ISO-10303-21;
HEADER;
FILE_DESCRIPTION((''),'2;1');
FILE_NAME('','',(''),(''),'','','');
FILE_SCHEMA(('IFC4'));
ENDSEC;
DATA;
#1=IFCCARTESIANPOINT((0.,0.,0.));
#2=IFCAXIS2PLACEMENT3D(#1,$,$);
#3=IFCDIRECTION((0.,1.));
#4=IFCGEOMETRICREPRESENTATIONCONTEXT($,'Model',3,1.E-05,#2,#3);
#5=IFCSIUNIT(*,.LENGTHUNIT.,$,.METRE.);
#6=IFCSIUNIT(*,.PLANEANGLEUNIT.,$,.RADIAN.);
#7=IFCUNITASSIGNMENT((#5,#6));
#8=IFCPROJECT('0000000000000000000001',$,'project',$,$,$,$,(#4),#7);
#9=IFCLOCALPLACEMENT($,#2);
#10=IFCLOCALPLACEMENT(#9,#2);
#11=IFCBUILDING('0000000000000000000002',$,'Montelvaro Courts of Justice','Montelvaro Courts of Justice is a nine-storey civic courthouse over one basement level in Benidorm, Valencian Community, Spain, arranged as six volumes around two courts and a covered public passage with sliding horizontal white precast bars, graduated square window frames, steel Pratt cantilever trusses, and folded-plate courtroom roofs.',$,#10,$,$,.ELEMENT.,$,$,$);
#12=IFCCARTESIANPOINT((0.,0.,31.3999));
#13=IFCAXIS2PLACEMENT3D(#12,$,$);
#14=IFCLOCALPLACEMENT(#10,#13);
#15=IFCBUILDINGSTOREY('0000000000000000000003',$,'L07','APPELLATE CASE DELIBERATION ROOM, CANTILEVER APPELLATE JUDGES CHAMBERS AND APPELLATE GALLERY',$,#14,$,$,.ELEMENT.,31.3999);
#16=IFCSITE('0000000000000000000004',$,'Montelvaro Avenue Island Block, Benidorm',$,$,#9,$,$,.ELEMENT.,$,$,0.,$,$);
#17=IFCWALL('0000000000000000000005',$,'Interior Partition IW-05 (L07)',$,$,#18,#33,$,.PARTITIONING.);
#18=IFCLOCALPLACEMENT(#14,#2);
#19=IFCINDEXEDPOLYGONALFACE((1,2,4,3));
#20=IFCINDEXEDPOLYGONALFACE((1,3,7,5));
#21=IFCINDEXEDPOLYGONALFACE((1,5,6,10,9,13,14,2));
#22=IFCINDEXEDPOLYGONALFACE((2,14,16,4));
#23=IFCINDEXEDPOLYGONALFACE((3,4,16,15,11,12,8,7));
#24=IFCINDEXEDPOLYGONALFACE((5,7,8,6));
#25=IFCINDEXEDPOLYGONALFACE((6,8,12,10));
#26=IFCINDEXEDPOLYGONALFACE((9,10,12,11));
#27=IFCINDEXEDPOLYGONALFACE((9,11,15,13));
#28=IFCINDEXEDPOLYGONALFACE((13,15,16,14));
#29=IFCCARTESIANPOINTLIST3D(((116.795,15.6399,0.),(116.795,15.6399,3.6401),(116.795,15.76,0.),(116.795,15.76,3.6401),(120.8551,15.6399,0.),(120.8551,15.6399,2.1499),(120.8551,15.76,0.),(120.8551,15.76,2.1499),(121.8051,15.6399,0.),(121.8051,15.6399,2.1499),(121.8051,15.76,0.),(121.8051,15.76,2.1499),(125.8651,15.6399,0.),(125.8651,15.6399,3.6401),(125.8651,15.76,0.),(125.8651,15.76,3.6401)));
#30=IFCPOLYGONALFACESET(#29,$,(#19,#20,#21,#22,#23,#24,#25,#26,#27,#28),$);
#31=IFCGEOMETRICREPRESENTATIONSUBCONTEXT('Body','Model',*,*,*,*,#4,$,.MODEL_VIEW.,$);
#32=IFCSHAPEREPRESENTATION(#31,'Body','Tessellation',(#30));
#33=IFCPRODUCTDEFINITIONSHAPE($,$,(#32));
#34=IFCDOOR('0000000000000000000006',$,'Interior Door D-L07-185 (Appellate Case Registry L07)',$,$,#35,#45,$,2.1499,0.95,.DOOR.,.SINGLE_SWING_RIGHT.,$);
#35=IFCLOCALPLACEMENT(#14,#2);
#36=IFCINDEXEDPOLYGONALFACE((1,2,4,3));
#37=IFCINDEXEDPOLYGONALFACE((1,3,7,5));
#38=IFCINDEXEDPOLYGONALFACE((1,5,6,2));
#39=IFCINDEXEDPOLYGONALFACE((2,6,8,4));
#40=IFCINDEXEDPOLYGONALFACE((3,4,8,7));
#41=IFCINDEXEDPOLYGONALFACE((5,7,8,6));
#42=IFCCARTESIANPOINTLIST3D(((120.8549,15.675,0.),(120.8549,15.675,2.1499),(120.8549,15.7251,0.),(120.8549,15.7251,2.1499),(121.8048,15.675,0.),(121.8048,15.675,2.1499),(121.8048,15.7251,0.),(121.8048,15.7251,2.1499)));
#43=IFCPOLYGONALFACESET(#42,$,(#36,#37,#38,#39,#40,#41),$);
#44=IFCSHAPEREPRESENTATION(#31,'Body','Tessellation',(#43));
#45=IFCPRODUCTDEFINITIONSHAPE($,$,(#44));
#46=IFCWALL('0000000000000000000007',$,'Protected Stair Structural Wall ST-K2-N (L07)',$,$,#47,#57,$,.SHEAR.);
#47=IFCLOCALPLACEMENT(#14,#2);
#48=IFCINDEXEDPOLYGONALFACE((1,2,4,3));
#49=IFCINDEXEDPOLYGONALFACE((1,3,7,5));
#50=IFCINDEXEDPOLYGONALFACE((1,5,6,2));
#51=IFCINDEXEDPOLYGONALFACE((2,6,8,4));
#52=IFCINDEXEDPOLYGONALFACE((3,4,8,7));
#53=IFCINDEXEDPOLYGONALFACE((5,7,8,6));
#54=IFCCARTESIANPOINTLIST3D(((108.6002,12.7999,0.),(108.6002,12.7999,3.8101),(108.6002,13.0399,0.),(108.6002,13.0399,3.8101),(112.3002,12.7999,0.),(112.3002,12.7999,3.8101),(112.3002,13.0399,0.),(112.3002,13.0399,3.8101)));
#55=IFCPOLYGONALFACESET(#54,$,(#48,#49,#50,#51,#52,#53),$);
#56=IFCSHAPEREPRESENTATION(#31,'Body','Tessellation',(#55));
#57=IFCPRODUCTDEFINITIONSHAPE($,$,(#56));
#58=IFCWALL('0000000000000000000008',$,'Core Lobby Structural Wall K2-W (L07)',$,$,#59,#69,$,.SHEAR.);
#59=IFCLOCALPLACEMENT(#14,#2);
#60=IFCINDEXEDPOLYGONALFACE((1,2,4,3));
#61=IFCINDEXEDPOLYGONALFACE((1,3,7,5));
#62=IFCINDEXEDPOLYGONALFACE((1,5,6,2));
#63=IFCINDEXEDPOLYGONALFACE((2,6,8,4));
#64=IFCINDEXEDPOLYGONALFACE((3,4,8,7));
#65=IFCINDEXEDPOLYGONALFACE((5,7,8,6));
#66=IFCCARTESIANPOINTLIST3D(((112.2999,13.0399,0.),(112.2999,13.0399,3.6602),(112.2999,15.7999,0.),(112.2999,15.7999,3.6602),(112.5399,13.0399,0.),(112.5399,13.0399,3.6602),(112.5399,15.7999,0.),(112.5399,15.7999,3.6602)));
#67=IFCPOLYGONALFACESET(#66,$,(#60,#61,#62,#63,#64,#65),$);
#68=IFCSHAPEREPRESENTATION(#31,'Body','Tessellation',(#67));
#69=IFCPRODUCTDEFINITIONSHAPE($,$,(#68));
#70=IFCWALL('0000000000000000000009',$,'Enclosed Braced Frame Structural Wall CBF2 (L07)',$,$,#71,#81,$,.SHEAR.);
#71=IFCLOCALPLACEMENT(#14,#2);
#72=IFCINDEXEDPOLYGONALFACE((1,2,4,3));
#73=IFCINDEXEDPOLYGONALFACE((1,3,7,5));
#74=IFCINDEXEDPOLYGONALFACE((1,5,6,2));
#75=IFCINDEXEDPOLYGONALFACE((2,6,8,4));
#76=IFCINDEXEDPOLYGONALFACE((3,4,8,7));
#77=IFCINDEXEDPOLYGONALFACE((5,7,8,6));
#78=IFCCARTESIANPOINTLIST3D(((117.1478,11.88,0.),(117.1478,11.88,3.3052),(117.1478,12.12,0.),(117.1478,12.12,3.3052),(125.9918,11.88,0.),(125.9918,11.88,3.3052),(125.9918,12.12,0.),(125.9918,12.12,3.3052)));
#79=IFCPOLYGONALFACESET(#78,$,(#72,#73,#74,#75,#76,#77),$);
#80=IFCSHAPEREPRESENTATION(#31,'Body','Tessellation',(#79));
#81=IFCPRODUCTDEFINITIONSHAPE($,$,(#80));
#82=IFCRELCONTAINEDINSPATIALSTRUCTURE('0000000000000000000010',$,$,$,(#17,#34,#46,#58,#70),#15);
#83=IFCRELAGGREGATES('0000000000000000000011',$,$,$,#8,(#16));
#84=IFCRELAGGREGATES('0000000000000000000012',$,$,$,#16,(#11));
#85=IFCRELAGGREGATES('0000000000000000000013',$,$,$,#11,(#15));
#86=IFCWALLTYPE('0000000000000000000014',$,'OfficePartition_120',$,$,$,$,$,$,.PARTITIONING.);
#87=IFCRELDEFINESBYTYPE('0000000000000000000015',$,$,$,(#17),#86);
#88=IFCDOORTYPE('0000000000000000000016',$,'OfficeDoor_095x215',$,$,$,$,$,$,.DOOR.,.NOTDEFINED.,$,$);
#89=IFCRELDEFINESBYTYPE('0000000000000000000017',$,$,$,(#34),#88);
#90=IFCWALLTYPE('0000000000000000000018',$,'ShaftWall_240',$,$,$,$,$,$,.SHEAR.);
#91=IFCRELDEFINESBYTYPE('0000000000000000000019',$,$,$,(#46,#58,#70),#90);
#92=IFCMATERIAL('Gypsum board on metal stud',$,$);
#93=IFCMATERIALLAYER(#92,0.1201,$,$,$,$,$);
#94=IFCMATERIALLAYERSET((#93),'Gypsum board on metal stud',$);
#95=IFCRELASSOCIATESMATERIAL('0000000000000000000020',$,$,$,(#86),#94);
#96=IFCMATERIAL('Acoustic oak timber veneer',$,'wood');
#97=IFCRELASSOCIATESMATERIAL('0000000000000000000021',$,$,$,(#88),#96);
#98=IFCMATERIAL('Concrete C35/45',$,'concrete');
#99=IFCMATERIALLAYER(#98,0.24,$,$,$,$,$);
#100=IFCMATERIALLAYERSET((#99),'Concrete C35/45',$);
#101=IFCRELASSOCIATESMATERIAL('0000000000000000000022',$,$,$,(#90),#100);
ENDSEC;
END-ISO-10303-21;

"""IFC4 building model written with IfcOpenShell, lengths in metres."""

from ifc_helpers import new_model, si_unit, direction, frame, frame_2d, origin, place, context, subcontext, project, spatial, rectangle, extrude, material, layer, layer_set, type_object, element, fill, save


model = new_model("IFC4")

# Units and contexts
model_context = context("Model", 3, precision=1e-05, world=origin(), true_north=direction((0.0, 1.0)))
body_context = subcontext(model_context, "Body", "Model", "MODEL_VIEW")
ifc_project = project(units=[si_unit("LENGTHUNIT", "METRE"), si_unit("PLANEANGLEUNIT", "RADIAN")], contexts=[model_context])

# Site, building, storey
site_placement = place(None, origin())
site = spatial("IfcSite", under=ifc_project, at=site_placement, Name="Montelvaro Avenue Island Block, Benidorm", CompositionType="ELEMENT", RefElevation=0.0)
building_placement = place(site_placement, origin())
building = spatial("IfcBuilding", under=site, at=building_placement, Name="Montelvaro Courts of Justice", Description="Montelvaro Courts of Justice is a nine-storey civic courthouse over one basement level in Benidorm, Valencian Community, Spain, arranged as six volumes around two courts and a covered public passage with sliding horizontal white precast bars, graduated square window frames, steel Pratt cantilever trusses, and folded-plate courtroom roofs.", CompositionType="ELEMENT")
storey_placement = place(building_placement, frame((0.0, 0.0, 31.3999)))
storey = spatial("IfcBuildingStorey", under=building, at=storey_placement, Name="L07", Description="APPELLATE CASE DELIBERATION ROOM, CANTILEVER APPELLATE JUDGES CHAMBERS AND APPELLATE GALLERY", CompositionType="ELEMENT", Elevation=31.3999)

# Wall, opening, door
ifc_material_1 = material(Name="Gypsum board on metal stud")
ifc_layer_1 = layer(ifc_material_1, 0.1201)
ifc_layer_set_1 = layer_set([ifc_layer_1], Name="Gypsum board on metal stud")
wall_type_1 = type_object("IfcWallType", Name="OfficePartition_120", PredefinedType="PARTITIONING", material=ifc_layer_set_1)
wall_1_placement = place(storey_placement, frame((116.7949, 15.7, 0.0), z_axis=(0.0, 0.0, 1.0), x_axis=(1.0, 0.0, 0.0)))
wall_1 = element("IfcWall", 1, at=wall_1_placement, inside=storey, type_object=wall_type_1, Name="Interior Partition IW-05 (L07)", PredefinedType="PARTITIONING", context=body_context, shape_type="SweptSolid", body=[
    extrude(rectangle(XDim=9.0701, YDim=0.1201, at=frame_2d((4.5352, 0.0))), origin(), (0.0, 0.0, 1.0), 3.6401),
])
opening_1_placement = place(wall_1_placement, frame((4.0601, 0.0, 0.0)))
opening_1 = element("IfcOpeningElement", 2, at=opening_1_placement, cuts=wall_1, PredefinedType="OPENING", context=body_context, shape_type="SweptSolid", body=[
    extrude(rectangle(XDim=0.95, YDim=2.1499, at=frame_2d((0.4751, 1.075))), frame((0.0, 0.075, 0.0), z_axis=(0.0, -1.0, 0.0), x_axis=(1.0, 0.0, 0.0)), (0.0, 0.0, 1.0), 0.1499),
])
ifc_material_2 = material(Name="Acoustic oak timber veneer", Category="wood")
door_type_1 = type_object("IfcDoorType", Name="OfficeDoor_095x215", OperationType="NOTDEFINED", PredefinedType="DOOR", material=ifc_material_2)
door_1_placement = place(opening_1_placement, frame((0.95, 0.0, 0.0), z_axis=(0.0, 0.0, 1.0), x_axis=(-1.0, 0.0, 0.0)))
door_1 = element("IfcDoor", 3, at=door_1_placement, inside=storey, type_object=door_type_1, Name="Interior Door D-L07-185 (Appellate Case Registry L07)", OperationType="SINGLE_SWING_RIGHT", OverallHeight=2.1499, OverallWidth=0.95, PredefinedType="DOOR", context=body_context, shape_type="SweptSolid", body=[
    extrude(rectangle(XDim=0.95, YDim=2.1499, at=frame_2d((0.4751, 1.075))), frame((0.0, 0.0249, 0.0), z_axis=(0.0, -1.0, 0.0), x_axis=(1.0, 0.0, 0.0)), (0.0, 0.0, 1.0), 0.05),
])
fill(opening_1, door_1)

# Walls
ifc_material_3 = material(Name="Concrete C35/45", Category="concrete")
ifc_layer_2 = layer(ifc_material_3, 0.24)
ifc_layer_set_2 = layer_set([ifc_layer_2], Name="Concrete C35/45")
wall_type_2 = type_object("IfcWallType", Name="ShaftWall_240", PredefinedType="SHEAR", material=ifc_layer_set_2)
wall_2_placement = place(storey_placement, frame((108.6001, 12.9199, 0.0), z_axis=(0.0, 0.0, 1.0), x_axis=(1.0, 0.0, 0.0)))
element("IfcWall", 4, at=wall_2_placement, inside=storey, type_object=wall_type_2, Name="Protected Stair Structural Wall ST-K2-N (L07)", PredefinedType="SHEAR", context=body_context, shape_type="SweptSolid", body=[
    extrude(rectangle(XDim=3.7, YDim=0.24, at=frame_2d((1.8501, 0.0))), origin(), (0.0, 0.0, 1.0), 3.8101),
])
wall_3_placement = place(storey_placement, frame((112.4199, 13.04, 0.0), z_axis=(0.0, 0.0, 1.0), x_axis=(0.0, 1.0, 0.0)))
element("IfcWall", 5, at=wall_3_placement, inside=storey, type_object=wall_type_2, Name="Core Lobby Structural Wall K2-W (L07)", PredefinedType="SHEAR", context=body_context, shape_type="SweptSolid", body=[
    extrude(rectangle(XDim=2.76, YDim=0.24, at=frame_2d((1.3799, 0.0))), origin(), (0.0, 0.0, 1.0), 3.6602),
])
wall_4_placement = place(storey_placement, frame((117.1479, 12.0, 0.0), z_axis=(0.0, 0.0, 1.0), x_axis=(1.0, 0.0, 0.0)))
element("IfcWall", 6, at=wall_4_placement, inside=storey, type_object=wall_type_2, Name="Enclosed Braced Frame Structural Wall CBF2 (L07)", PredefinedType="SHEAR", context=body_context, shape_type="SweptSolid", body=[
    extrude(rectangle(XDim=8.844, YDim=0.24, at=frame_2d((4.4219, 0.0))), origin(), (0.0, 0.0, 1.0), 3.3052),
])

save(model, "model.ifc")
